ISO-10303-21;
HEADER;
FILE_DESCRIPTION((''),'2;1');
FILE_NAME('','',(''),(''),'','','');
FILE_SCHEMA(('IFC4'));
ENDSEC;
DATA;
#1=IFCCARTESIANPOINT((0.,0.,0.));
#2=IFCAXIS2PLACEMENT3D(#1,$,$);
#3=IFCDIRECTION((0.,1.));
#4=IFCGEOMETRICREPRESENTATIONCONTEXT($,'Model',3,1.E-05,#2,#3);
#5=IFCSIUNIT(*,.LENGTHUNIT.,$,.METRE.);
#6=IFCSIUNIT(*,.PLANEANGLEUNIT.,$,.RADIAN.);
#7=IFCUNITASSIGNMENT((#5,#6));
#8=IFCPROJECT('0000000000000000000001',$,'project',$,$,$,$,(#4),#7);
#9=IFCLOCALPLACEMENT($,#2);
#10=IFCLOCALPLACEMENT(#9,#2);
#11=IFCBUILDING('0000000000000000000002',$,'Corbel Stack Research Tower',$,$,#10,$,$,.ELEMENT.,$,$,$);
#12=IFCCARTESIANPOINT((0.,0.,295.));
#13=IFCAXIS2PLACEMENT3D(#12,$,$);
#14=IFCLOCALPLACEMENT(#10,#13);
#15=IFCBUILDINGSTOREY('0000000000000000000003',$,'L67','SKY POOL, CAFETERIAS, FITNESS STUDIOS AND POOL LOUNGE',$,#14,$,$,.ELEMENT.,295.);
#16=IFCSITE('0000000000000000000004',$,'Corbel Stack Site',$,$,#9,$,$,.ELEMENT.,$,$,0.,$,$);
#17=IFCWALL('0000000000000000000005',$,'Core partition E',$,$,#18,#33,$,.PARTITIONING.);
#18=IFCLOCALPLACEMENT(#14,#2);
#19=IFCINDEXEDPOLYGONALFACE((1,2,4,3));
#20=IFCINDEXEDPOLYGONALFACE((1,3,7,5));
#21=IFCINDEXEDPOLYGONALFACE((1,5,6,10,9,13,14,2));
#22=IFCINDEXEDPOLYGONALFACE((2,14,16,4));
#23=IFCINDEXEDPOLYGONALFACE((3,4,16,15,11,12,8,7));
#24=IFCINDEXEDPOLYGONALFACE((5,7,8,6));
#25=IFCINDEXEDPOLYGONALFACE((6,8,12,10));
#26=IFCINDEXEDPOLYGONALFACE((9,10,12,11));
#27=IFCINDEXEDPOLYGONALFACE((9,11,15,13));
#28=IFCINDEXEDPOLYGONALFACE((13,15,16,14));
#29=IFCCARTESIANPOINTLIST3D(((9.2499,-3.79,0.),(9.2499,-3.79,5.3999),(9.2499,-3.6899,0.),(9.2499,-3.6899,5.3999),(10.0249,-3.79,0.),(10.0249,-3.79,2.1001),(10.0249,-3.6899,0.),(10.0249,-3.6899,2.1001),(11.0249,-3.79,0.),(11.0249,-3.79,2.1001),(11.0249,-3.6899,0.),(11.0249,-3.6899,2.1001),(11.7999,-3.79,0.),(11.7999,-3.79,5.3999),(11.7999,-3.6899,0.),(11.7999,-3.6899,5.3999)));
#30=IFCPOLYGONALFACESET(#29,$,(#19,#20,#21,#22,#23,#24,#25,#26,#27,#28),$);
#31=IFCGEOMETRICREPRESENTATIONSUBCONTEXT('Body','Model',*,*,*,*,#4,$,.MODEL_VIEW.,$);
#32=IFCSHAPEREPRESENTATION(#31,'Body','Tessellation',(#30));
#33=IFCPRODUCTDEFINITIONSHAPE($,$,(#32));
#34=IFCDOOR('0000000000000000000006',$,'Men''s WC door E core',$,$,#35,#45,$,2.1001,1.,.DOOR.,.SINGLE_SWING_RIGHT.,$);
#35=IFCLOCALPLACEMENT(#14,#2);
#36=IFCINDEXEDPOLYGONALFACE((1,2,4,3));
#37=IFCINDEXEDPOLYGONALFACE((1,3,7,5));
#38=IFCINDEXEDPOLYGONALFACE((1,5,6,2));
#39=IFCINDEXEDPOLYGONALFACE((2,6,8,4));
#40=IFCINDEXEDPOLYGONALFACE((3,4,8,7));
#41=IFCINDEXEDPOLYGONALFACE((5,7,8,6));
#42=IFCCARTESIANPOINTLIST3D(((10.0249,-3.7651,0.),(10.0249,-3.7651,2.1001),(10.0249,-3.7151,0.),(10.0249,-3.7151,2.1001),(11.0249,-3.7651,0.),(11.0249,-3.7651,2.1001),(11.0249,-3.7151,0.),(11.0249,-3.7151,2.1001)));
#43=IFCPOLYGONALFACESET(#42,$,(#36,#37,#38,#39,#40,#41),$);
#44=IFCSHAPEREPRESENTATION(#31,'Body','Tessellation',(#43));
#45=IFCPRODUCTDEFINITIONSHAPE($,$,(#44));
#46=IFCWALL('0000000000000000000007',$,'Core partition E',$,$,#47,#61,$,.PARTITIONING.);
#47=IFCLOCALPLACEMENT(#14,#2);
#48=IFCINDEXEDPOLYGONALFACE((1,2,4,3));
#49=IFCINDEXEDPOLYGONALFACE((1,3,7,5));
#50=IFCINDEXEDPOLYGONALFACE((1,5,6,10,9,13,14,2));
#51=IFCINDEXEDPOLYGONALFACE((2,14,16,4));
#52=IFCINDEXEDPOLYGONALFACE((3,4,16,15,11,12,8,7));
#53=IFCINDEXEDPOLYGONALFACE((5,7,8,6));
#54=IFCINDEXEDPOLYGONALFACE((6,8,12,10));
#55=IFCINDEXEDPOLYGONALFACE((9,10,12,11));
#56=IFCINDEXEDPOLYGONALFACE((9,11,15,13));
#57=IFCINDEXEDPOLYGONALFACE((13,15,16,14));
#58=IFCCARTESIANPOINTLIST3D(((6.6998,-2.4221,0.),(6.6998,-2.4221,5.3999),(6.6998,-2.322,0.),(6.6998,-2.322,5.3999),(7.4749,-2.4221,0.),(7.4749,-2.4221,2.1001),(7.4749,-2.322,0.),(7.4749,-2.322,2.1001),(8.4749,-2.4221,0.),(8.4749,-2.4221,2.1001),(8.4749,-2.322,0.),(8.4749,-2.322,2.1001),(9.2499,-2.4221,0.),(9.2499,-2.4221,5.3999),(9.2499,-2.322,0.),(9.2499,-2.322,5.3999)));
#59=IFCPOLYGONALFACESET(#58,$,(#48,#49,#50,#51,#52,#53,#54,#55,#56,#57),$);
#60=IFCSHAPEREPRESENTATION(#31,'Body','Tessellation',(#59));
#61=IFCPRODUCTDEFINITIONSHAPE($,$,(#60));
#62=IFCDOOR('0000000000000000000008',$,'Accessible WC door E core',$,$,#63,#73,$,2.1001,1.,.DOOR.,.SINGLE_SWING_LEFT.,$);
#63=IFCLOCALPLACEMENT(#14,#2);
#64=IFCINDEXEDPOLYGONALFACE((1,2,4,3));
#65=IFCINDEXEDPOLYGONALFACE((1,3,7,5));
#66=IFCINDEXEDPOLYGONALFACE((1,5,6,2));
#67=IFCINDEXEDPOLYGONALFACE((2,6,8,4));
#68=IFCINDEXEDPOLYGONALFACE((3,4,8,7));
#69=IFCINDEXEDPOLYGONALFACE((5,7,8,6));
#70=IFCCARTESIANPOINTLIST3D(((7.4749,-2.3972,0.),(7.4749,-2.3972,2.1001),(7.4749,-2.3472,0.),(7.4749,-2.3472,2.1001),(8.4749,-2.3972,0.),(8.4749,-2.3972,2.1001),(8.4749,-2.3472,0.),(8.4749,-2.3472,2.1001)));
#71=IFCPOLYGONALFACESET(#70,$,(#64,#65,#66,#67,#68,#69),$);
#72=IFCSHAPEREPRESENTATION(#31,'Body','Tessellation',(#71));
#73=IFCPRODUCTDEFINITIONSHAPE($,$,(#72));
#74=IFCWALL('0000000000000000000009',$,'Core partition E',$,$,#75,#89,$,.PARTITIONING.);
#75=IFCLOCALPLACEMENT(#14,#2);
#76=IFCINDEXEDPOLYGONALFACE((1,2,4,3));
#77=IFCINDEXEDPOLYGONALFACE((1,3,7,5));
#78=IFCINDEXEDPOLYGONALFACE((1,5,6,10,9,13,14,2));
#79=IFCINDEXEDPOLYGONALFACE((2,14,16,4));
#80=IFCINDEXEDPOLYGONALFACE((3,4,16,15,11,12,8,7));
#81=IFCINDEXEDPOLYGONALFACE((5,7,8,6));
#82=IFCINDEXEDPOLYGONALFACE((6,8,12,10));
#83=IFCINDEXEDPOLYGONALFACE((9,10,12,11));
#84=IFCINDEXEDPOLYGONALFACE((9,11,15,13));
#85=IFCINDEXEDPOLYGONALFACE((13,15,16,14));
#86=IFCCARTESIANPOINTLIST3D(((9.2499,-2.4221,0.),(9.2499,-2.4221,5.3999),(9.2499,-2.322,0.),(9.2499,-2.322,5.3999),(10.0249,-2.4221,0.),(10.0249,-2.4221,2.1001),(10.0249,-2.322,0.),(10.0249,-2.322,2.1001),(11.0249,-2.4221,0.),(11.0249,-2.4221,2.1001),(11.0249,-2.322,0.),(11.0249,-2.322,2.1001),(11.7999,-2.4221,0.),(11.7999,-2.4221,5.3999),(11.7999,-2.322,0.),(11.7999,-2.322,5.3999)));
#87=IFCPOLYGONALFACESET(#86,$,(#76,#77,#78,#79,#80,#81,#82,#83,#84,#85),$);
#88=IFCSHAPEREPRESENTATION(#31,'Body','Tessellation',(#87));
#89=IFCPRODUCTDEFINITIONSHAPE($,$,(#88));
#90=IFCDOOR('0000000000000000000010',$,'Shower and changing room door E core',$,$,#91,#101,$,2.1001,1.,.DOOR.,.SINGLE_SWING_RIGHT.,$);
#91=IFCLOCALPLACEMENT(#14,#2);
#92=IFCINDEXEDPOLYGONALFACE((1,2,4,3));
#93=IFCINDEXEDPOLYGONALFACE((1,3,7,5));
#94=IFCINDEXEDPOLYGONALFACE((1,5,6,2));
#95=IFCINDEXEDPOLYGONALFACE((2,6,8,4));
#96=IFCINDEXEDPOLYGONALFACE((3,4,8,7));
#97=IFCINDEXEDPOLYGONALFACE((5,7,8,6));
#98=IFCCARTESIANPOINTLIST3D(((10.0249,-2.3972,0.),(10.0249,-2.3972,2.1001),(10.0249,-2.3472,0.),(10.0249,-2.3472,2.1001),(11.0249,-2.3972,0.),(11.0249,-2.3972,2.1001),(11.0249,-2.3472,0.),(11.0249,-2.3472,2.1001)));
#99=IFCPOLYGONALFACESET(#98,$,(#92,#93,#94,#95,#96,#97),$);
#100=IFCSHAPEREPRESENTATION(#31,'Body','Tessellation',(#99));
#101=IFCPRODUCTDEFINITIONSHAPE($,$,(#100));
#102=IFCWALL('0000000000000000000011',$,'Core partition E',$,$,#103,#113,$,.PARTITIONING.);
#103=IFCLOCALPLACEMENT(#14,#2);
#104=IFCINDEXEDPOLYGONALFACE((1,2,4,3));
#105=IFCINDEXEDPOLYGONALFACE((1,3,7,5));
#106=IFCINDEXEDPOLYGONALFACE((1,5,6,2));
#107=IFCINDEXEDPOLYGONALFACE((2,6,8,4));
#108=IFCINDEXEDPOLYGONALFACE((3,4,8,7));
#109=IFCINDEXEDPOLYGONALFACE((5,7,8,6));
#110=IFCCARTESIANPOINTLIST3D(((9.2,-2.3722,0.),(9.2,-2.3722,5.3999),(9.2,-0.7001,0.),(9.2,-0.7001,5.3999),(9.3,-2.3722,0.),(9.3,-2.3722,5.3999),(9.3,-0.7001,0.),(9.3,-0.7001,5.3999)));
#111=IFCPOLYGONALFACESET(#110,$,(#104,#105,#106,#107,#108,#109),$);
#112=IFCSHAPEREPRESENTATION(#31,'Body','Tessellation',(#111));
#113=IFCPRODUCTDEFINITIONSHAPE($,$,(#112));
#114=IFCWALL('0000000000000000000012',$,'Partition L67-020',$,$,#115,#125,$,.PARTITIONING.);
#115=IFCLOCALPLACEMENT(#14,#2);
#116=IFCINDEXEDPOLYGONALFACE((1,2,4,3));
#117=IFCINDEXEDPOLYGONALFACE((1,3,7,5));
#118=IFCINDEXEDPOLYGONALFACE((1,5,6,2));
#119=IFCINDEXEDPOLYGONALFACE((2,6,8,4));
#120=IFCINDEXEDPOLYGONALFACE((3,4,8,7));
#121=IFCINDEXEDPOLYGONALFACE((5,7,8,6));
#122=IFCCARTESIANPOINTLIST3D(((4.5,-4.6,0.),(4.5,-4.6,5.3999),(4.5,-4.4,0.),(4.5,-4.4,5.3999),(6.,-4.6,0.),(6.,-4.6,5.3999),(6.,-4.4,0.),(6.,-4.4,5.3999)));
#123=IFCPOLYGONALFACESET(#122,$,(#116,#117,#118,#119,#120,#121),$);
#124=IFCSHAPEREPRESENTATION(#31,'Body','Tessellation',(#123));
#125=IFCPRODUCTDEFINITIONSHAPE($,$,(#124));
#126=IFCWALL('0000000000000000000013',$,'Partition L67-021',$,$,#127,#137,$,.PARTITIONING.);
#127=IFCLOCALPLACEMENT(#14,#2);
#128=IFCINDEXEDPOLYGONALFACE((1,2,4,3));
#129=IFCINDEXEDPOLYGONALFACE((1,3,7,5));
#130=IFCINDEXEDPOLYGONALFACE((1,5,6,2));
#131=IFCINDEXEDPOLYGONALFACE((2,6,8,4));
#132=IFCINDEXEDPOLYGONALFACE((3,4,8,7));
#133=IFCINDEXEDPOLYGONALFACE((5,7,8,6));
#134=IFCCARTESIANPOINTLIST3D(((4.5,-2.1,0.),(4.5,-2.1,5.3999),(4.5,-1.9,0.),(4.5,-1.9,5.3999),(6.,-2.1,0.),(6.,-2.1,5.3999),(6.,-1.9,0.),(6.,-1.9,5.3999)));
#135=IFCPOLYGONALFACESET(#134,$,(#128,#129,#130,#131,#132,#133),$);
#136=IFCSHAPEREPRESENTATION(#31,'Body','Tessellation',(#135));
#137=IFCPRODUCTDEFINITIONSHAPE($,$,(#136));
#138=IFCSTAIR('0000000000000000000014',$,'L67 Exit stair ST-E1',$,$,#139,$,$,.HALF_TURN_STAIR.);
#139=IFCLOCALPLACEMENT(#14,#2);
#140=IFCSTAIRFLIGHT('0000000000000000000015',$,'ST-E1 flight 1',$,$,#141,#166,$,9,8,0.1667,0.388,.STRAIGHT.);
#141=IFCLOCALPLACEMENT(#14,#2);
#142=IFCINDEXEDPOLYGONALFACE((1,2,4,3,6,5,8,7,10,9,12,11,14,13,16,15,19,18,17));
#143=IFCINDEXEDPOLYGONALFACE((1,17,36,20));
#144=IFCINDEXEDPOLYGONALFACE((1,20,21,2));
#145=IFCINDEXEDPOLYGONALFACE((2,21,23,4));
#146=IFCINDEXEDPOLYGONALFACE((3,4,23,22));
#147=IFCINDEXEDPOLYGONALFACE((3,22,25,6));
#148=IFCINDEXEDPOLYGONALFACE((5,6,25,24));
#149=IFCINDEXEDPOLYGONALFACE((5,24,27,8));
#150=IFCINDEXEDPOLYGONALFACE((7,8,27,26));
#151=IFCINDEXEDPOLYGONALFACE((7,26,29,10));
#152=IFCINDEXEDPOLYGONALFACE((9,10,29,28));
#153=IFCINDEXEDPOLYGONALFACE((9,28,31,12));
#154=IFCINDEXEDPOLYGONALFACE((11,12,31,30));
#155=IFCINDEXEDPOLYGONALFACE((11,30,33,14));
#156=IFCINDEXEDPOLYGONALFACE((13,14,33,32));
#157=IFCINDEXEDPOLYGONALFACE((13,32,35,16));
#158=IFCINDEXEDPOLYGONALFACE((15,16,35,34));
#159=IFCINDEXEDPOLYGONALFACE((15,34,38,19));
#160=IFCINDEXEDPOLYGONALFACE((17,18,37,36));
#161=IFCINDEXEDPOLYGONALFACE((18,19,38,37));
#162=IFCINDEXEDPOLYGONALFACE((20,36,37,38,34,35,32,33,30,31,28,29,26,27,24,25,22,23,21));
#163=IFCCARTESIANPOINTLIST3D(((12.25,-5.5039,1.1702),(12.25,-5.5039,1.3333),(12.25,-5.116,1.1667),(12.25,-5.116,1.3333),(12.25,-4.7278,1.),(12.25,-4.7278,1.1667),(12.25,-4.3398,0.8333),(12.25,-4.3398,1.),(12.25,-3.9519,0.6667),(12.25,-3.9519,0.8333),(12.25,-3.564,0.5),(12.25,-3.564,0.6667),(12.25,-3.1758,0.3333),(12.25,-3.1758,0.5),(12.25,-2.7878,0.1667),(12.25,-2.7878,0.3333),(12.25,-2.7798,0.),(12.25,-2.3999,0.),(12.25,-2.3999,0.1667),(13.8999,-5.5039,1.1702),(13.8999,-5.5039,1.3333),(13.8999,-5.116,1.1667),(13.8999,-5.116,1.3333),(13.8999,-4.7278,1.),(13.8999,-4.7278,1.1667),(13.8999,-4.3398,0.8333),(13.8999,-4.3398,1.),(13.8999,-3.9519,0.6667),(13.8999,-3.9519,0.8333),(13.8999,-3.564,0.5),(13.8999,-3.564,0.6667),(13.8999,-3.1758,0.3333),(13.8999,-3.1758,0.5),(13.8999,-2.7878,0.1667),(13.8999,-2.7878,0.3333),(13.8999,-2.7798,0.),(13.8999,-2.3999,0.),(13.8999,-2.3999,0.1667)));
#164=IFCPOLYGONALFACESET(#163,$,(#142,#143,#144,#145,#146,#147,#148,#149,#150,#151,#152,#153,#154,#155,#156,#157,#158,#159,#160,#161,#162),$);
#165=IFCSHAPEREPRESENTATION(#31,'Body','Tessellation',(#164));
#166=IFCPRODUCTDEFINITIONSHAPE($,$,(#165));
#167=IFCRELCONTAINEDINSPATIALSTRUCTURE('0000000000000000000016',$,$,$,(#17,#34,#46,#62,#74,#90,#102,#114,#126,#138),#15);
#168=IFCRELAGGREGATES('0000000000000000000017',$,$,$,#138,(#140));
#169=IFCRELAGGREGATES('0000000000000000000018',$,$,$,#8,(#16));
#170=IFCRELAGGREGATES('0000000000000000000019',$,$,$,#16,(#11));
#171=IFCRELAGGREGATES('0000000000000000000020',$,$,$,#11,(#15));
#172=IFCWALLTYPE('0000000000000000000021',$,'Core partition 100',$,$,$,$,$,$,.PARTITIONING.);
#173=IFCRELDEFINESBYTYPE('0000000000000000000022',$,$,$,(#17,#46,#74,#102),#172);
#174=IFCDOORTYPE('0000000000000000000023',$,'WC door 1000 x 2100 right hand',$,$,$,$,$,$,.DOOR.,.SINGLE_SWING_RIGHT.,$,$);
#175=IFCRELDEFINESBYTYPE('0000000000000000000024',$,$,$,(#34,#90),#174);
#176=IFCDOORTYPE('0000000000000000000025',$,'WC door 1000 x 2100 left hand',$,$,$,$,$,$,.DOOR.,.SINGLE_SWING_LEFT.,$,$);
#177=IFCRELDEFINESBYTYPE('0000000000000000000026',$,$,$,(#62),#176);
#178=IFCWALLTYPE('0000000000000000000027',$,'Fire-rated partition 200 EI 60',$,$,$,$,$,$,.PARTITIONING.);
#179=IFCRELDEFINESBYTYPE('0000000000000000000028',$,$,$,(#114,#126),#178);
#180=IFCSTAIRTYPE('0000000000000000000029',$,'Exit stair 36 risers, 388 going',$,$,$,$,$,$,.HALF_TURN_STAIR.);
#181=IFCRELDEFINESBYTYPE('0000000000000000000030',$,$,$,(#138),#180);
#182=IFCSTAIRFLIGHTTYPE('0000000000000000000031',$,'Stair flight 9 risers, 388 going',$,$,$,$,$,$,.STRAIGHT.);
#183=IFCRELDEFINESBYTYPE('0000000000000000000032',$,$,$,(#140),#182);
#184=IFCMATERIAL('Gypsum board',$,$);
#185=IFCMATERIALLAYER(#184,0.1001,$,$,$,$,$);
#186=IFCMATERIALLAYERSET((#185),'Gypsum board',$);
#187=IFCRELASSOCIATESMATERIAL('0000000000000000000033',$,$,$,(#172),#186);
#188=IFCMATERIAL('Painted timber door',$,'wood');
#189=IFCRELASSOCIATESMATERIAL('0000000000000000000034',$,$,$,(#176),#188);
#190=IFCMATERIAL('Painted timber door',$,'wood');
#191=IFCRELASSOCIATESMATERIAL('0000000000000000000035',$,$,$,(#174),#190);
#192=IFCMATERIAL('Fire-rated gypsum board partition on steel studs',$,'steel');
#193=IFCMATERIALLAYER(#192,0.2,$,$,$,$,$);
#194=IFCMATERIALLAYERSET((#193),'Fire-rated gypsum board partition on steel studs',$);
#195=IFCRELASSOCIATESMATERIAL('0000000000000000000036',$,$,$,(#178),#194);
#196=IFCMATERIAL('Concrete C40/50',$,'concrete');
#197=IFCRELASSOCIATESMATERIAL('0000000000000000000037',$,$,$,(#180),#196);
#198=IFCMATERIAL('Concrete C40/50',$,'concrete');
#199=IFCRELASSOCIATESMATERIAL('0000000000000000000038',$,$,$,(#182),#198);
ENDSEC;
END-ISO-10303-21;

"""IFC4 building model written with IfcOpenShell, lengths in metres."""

from ifc_helpers import new_model, si_unit, direction, frame, frame_2d, origin, place, context, subcontext, project, spatial, polyline, rectangle, outline, extrude, material, layer, layer_set, type_object, element, fill, aggregate, save


model = new_model("IFC4")

# Units and contexts
model_context = context("Model", 3, precision=1e-05, world=origin(), true_north=direction((0.0, 1.0)))
body_context = subcontext(model_context, "Body", "Model", "MODEL_VIEW")
ifc_project = project(units=[si_unit("LENGTHUNIT", "METRE"), si_unit("PLANEANGLEUNIT", "RADIAN")], contexts=[model_context])

# Site, building, storey
site_placement = place(None, origin())
site = spatial("IfcSite", under=ifc_project, at=site_placement, Name="Corbel Stack Site", CompositionType="ELEMENT", RefElevation=0.0)
building_placement = place(site_placement, origin())
building = spatial("IfcBuilding", under=site, at=building_placement, Name="Corbel Stack Research Tower", CompositionType="ELEMENT")
storey_placement = place(building_placement, frame((0.0, 0.0, 295.0)))
storey = spatial("IfcBuildingStorey", under=building, at=storey_placement, Name="L67", Description="SKY POOL, CAFETERIAS, FITNESS STUDIOS AND POOL LOUNGE", CompositionType="ELEMENT", Elevation=295.0)

# Walls, openings, doors
ifc_material_1 = material(Name="Gypsum board")
ifc_layer_1 = layer(ifc_material_1, 0.1001)
ifc_layer_set_1 = layer_set([ifc_layer_1], Name="Gypsum board")
wall_type_1 = type_object("IfcWallType", Name="Core partition 100", PredefinedType="PARTITIONING", material=ifc_layer_set_1)
ifc_material_2 = material(Name="Painted timber door", Category="wood")
door_type_1 = type_object("IfcDoorType", Name="WC door 1000 x 2100 left hand", OperationType="SINGLE_SWING_LEFT", PredefinedType="DOOR", material=ifc_material_2)
wall_1_placement = place(storey_placement, frame((9.25, -3.74, 0.0), z_axis=(0.0, 0.0, 1.0), x_axis=(1.0, 0.0, 0.0)))
wall_1 = element("IfcWall", 1, at=wall_1_placement, inside=storey, type_object=wall_type_1, Name="Core partition E", PredefinedType="PARTITIONING", context=body_context, shape_type="SweptSolid", body=[
    extrude(rectangle(XDim=2.55, YDim=0.1001, at=frame_2d((1.2749, 0.0))), origin(), (0.0, 0.0, 1.0), 5.3999),
])
opening_1_placement = place(wall_1_placement, frame((0.7749, 0.0, 0.0)))
opening_1 = element("IfcOpeningElement", 2, at=opening_1_placement, cuts=wall_1, PredefinedType="OPENING", context=body_context, shape_type="SweptSolid", body=[
    extrude(rectangle(XDim=1.0, YDim=2.1001, at=frame_2d((0.5, 1.05))), frame((0.0, 0.0601, 0.0), z_axis=(0.0, -1.0, 0.0), x_axis=(1.0, 0.0, 0.0)), (0.0, 0.0, 1.0), 0.1201),
])
ifc_material_3 = material(Name="Painted timber door", Category="wood")
door_type_2 = type_object("IfcDoorType", Name="WC door 1000 x 2100 right hand", OperationType="SINGLE_SWING_RIGHT", PredefinedType="DOOR", material=ifc_material_3)
door_1_placement = place(opening_1_placement, origin())
door_1 = element("IfcDoor", 3, at=door_1_placement, inside=storey, type_object=door_type_2, Name="Men's WC door E core", OperationType="SINGLE_SWING_RIGHT", OverallHeight=2.1001, OverallWidth=1.0, PredefinedType="DOOR", context=body_context, shape_type="SweptSolid", body=[
    extrude(rectangle(XDim=1.0, YDim=2.1001, at=frame_2d((0.5, 1.05))), frame((0.0, 0.0249, 0.0), z_axis=(0.0, -1.0, 0.0), x_axis=(1.0, 0.0, 0.0)), (0.0, 0.0, 1.0), 0.05),
])
fill(opening_1, door_1)
wall_2_placement = place(storey_placement, frame((6.7, -2.3721, 0.0), z_axis=(0.0, 0.0, 1.0), x_axis=(1.0, 0.0, 0.0)))
wall_2 = element("IfcWall", 4, at=wall_2_placement, inside=storey, type_object=wall_type_1, Name="Core partition E", PredefinedType="PARTITIONING", context=body_context, shape_type="SweptSolid", body=[
    extrude(rectangle(XDim=2.55, YDim=0.1001, at=frame_2d((1.2749, 0.0))), origin(), (0.0, 0.0, 1.0), 5.3999),
])
opening_2_placement = place(wall_2_placement, frame((0.7749, 0.0, 0.0)))
opening_2 = element("IfcOpeningElement", 5, at=opening_2_placement, cuts=wall_2, PredefinedType="OPENING", context=body_context, shape_type="SweptSolid", body=[
    extrude(rectangle(XDim=1.0, YDim=2.1001, at=frame_2d((0.5, 1.05))), frame((0.0, 0.0601, 0.0), z_axis=(0.0, -1.0, 0.0), x_axis=(1.0, 0.0, 0.0)), (0.0, 0.0, 1.0), 0.1201),
])
door_2_placement = place(opening_2_placement, origin())
door_2 = element("IfcDoor", 6, at=door_2_placement, inside=storey, type_object=door_type_1, Name="Accessible WC door E core", OperationType="SINGLE_SWING_LEFT", OverallHeight=2.1001, OverallWidth=1.0, PredefinedType="DOOR", context=body_context, shape_type="SweptSolid", body=[
    extrude(rectangle(XDim=1.0, YDim=2.1001, at=frame_2d((0.5, 1.05))), frame((0.0, 0.0249, 0.0), z_axis=(0.0, -1.0, 0.0), x_axis=(1.0, 0.0, 0.0)), (0.0, 0.0, 1.0), 0.05),
])
fill(opening_2, door_2)
wall_3_placement = place(storey_placement, frame((9.25, -2.3721, 0.0), z_axis=(0.0, 0.0, 1.0), x_axis=(1.0, 0.0, 0.0)))
wall_3 = element("IfcWall", 7, at=wall_3_placement, inside=storey, type_object=wall_type_1, Name="Core partition E", PredefinedType="PARTITIONING", context=body_context, shape_type="SweptSolid", body=[
    extrude(rectangle(XDim=2.55, YDim=0.1001, at=frame_2d((1.2749, 0.0))), origin(), (0.0, 0.0, 1.0), 5.3999),
])
opening_3_placement = place(wall_3_placement, frame((0.7749, 0.0, 0.0)))
opening_3 = element("IfcOpeningElement", 8, at=opening_3_placement, cuts=wall_3, PredefinedType="OPENING", context=body_context, shape_type="SweptSolid", body=[
    extrude(rectangle(XDim=1.0, YDim=2.1001, at=frame_2d((0.5, 1.05))), frame((0.0, 0.0601, 0.0), z_axis=(0.0, -1.0, 0.0), x_axis=(1.0, 0.0, 0.0)), (0.0, 0.0, 1.0), 0.1201),
])
door_3_placement = place(opening_3_placement, origin())
door_3 = element("IfcDoor", 9, at=door_3_placement, inside=storey, type_object=door_type_2, Name="Shower and changing room door E core", OperationType="SINGLE_SWING_RIGHT", OverallHeight=2.1001, OverallWidth=1.0, PredefinedType="DOOR", context=body_context, shape_type="SweptSolid", body=[
    extrude(rectangle(XDim=1.0, YDim=2.1001, at=frame_2d((0.5, 1.05))), frame((0.0, 0.0249, 0.0), z_axis=(0.0, -1.0, 0.0), x_axis=(1.0, 0.0, 0.0)), (0.0, 0.0, 1.0), 0.05),
])
fill(opening_3, door_3)

# Walls
wall_4_placement = place(storey_placement, frame((9.25, -2.3721, 0.0), z_axis=(0.0, 0.0, 1.0), x_axis=(0.0, 1.0, 0.0)))
element("IfcWall", 10, at=wall_4_placement, inside=storey, type_object=wall_type_1, Name="Core partition E", PredefinedType="PARTITIONING", context=body_context, shape_type="SweptSolid", body=[
    extrude(rectangle(XDim=1.6721, YDim=0.1001, at=frame_2d((0.8359, 0.0))), origin(), (0.0, 0.0, 1.0), 5.3999),
])
ifc_material_4 = material(Name="Fire-rated gypsum board partition on steel studs", Category="steel")
ifc_layer_2 = layer(ifc_material_4, 0.2)
ifc_layer_set_2 = layer_set([ifc_layer_2], Name="Fire-rated gypsum board partition on steel studs")
wall_type_2 = type_object("IfcWallType", Name="Fire-rated partition 200 EI 60", PredefinedType="PARTITIONING", material=ifc_layer_set_2)
for number, where, z_axis, x_axis, name in (
    (11, (4.5, -4.5, 0.0), (0.0, 0.0, 1.0), (1.0, 0.0, 0.0), "Partition L67-020"),
    (12, (4.5, -2.0, 0.0), (0.0, 0.0, 1.0), (1.0, 0.0, 0.0), "Partition L67-021"),
):
    element("IfcWall", number, at=place(storey_placement, frame(where, z_axis=z_axis, x_axis=x_axis)), inside=storey, type_object=wall_type_2, Name=name, PredefinedType="PARTITIONING", context=body_context, shape_type="SweptSolid", body=[
        extrude(rectangle(XDim=1.5, YDim=0.2, at=frame_2d((0.75, 0.0))), origin(), (0.0, 0.0, 1.0), 5.3999),
    ])

# Stair, stair flight
ifc_material_5 = material(Name="Concrete C40/50", Category="concrete")
stair_type = type_object("IfcStairType", Name="Exit stair 36 risers, 388 going", PredefinedType="HALF_TURN_STAIR", material=ifc_material_5)
stair_placement = place(storey_placement, origin())
stair = element("IfcStair", 13, at=stair_placement, inside=storey, type_object=stair_type, Name="L67 Exit stair ST-E1", PredefinedType="HALF_TURN_STAIR")
ifc_material_6 = material(Name="Concrete C40/50", Category="concrete")
stair_flight_type = type_object("IfcStairFlightType", Name="Stair flight 9 risers, 388 going", PredefinedType="STRAIGHT", material=ifc_material_6)
stair_flight_1_placement = place(storey_placement, frame((13.075, -2.3999, 0.0), z_axis=(0.0, 0.0, 1.0), x_axis=(0.0, -1.0, 0.0)))
stair_flight_1 = element("IfcStairFlight", 14, at=stair_flight_1_placement, type_object=stair_flight_type, Name="ST-E1 flight 1", NumberOfRisers=9, NumberOfTreads=8, PredefinedType="STRAIGHT", RiserHeight=0.1667, TreadLength=0.388, context=body_context, shape_type="SweptSolid", body=[
    extrude(outline(polyline([(0.0, 0.0), (0.0, 0.1667), (0.3879, 0.1667), (0.3879, 0.3333), (0.7759, 0.3333), (0.7759, 0.5), (1.1641, 0.5), (1.1641, 0.6667), (1.552, 0.6667), (1.552, 0.8333), (1.9399, 0.8333), (1.9399, 1.0), (2.3279, 1.0), (2.3279, 1.1667), (2.7161, 1.1667), (2.7161, 1.3333), (3.104, 1.3333), (3.104, 1.5), (3.104, 1.1702), (0.3799, 0.0), (0.0, 0.0)])), frame((0.0, 0.825, 0.0), z_axis=(0.0, -1.0, 0.0), x_axis=(1.0, 0.0, 0.0)), (0.0, 0.0, 1.0), 1.6499),
])
aggregate(stair, [stair_flight_1])

save(model, "model.ifc")
